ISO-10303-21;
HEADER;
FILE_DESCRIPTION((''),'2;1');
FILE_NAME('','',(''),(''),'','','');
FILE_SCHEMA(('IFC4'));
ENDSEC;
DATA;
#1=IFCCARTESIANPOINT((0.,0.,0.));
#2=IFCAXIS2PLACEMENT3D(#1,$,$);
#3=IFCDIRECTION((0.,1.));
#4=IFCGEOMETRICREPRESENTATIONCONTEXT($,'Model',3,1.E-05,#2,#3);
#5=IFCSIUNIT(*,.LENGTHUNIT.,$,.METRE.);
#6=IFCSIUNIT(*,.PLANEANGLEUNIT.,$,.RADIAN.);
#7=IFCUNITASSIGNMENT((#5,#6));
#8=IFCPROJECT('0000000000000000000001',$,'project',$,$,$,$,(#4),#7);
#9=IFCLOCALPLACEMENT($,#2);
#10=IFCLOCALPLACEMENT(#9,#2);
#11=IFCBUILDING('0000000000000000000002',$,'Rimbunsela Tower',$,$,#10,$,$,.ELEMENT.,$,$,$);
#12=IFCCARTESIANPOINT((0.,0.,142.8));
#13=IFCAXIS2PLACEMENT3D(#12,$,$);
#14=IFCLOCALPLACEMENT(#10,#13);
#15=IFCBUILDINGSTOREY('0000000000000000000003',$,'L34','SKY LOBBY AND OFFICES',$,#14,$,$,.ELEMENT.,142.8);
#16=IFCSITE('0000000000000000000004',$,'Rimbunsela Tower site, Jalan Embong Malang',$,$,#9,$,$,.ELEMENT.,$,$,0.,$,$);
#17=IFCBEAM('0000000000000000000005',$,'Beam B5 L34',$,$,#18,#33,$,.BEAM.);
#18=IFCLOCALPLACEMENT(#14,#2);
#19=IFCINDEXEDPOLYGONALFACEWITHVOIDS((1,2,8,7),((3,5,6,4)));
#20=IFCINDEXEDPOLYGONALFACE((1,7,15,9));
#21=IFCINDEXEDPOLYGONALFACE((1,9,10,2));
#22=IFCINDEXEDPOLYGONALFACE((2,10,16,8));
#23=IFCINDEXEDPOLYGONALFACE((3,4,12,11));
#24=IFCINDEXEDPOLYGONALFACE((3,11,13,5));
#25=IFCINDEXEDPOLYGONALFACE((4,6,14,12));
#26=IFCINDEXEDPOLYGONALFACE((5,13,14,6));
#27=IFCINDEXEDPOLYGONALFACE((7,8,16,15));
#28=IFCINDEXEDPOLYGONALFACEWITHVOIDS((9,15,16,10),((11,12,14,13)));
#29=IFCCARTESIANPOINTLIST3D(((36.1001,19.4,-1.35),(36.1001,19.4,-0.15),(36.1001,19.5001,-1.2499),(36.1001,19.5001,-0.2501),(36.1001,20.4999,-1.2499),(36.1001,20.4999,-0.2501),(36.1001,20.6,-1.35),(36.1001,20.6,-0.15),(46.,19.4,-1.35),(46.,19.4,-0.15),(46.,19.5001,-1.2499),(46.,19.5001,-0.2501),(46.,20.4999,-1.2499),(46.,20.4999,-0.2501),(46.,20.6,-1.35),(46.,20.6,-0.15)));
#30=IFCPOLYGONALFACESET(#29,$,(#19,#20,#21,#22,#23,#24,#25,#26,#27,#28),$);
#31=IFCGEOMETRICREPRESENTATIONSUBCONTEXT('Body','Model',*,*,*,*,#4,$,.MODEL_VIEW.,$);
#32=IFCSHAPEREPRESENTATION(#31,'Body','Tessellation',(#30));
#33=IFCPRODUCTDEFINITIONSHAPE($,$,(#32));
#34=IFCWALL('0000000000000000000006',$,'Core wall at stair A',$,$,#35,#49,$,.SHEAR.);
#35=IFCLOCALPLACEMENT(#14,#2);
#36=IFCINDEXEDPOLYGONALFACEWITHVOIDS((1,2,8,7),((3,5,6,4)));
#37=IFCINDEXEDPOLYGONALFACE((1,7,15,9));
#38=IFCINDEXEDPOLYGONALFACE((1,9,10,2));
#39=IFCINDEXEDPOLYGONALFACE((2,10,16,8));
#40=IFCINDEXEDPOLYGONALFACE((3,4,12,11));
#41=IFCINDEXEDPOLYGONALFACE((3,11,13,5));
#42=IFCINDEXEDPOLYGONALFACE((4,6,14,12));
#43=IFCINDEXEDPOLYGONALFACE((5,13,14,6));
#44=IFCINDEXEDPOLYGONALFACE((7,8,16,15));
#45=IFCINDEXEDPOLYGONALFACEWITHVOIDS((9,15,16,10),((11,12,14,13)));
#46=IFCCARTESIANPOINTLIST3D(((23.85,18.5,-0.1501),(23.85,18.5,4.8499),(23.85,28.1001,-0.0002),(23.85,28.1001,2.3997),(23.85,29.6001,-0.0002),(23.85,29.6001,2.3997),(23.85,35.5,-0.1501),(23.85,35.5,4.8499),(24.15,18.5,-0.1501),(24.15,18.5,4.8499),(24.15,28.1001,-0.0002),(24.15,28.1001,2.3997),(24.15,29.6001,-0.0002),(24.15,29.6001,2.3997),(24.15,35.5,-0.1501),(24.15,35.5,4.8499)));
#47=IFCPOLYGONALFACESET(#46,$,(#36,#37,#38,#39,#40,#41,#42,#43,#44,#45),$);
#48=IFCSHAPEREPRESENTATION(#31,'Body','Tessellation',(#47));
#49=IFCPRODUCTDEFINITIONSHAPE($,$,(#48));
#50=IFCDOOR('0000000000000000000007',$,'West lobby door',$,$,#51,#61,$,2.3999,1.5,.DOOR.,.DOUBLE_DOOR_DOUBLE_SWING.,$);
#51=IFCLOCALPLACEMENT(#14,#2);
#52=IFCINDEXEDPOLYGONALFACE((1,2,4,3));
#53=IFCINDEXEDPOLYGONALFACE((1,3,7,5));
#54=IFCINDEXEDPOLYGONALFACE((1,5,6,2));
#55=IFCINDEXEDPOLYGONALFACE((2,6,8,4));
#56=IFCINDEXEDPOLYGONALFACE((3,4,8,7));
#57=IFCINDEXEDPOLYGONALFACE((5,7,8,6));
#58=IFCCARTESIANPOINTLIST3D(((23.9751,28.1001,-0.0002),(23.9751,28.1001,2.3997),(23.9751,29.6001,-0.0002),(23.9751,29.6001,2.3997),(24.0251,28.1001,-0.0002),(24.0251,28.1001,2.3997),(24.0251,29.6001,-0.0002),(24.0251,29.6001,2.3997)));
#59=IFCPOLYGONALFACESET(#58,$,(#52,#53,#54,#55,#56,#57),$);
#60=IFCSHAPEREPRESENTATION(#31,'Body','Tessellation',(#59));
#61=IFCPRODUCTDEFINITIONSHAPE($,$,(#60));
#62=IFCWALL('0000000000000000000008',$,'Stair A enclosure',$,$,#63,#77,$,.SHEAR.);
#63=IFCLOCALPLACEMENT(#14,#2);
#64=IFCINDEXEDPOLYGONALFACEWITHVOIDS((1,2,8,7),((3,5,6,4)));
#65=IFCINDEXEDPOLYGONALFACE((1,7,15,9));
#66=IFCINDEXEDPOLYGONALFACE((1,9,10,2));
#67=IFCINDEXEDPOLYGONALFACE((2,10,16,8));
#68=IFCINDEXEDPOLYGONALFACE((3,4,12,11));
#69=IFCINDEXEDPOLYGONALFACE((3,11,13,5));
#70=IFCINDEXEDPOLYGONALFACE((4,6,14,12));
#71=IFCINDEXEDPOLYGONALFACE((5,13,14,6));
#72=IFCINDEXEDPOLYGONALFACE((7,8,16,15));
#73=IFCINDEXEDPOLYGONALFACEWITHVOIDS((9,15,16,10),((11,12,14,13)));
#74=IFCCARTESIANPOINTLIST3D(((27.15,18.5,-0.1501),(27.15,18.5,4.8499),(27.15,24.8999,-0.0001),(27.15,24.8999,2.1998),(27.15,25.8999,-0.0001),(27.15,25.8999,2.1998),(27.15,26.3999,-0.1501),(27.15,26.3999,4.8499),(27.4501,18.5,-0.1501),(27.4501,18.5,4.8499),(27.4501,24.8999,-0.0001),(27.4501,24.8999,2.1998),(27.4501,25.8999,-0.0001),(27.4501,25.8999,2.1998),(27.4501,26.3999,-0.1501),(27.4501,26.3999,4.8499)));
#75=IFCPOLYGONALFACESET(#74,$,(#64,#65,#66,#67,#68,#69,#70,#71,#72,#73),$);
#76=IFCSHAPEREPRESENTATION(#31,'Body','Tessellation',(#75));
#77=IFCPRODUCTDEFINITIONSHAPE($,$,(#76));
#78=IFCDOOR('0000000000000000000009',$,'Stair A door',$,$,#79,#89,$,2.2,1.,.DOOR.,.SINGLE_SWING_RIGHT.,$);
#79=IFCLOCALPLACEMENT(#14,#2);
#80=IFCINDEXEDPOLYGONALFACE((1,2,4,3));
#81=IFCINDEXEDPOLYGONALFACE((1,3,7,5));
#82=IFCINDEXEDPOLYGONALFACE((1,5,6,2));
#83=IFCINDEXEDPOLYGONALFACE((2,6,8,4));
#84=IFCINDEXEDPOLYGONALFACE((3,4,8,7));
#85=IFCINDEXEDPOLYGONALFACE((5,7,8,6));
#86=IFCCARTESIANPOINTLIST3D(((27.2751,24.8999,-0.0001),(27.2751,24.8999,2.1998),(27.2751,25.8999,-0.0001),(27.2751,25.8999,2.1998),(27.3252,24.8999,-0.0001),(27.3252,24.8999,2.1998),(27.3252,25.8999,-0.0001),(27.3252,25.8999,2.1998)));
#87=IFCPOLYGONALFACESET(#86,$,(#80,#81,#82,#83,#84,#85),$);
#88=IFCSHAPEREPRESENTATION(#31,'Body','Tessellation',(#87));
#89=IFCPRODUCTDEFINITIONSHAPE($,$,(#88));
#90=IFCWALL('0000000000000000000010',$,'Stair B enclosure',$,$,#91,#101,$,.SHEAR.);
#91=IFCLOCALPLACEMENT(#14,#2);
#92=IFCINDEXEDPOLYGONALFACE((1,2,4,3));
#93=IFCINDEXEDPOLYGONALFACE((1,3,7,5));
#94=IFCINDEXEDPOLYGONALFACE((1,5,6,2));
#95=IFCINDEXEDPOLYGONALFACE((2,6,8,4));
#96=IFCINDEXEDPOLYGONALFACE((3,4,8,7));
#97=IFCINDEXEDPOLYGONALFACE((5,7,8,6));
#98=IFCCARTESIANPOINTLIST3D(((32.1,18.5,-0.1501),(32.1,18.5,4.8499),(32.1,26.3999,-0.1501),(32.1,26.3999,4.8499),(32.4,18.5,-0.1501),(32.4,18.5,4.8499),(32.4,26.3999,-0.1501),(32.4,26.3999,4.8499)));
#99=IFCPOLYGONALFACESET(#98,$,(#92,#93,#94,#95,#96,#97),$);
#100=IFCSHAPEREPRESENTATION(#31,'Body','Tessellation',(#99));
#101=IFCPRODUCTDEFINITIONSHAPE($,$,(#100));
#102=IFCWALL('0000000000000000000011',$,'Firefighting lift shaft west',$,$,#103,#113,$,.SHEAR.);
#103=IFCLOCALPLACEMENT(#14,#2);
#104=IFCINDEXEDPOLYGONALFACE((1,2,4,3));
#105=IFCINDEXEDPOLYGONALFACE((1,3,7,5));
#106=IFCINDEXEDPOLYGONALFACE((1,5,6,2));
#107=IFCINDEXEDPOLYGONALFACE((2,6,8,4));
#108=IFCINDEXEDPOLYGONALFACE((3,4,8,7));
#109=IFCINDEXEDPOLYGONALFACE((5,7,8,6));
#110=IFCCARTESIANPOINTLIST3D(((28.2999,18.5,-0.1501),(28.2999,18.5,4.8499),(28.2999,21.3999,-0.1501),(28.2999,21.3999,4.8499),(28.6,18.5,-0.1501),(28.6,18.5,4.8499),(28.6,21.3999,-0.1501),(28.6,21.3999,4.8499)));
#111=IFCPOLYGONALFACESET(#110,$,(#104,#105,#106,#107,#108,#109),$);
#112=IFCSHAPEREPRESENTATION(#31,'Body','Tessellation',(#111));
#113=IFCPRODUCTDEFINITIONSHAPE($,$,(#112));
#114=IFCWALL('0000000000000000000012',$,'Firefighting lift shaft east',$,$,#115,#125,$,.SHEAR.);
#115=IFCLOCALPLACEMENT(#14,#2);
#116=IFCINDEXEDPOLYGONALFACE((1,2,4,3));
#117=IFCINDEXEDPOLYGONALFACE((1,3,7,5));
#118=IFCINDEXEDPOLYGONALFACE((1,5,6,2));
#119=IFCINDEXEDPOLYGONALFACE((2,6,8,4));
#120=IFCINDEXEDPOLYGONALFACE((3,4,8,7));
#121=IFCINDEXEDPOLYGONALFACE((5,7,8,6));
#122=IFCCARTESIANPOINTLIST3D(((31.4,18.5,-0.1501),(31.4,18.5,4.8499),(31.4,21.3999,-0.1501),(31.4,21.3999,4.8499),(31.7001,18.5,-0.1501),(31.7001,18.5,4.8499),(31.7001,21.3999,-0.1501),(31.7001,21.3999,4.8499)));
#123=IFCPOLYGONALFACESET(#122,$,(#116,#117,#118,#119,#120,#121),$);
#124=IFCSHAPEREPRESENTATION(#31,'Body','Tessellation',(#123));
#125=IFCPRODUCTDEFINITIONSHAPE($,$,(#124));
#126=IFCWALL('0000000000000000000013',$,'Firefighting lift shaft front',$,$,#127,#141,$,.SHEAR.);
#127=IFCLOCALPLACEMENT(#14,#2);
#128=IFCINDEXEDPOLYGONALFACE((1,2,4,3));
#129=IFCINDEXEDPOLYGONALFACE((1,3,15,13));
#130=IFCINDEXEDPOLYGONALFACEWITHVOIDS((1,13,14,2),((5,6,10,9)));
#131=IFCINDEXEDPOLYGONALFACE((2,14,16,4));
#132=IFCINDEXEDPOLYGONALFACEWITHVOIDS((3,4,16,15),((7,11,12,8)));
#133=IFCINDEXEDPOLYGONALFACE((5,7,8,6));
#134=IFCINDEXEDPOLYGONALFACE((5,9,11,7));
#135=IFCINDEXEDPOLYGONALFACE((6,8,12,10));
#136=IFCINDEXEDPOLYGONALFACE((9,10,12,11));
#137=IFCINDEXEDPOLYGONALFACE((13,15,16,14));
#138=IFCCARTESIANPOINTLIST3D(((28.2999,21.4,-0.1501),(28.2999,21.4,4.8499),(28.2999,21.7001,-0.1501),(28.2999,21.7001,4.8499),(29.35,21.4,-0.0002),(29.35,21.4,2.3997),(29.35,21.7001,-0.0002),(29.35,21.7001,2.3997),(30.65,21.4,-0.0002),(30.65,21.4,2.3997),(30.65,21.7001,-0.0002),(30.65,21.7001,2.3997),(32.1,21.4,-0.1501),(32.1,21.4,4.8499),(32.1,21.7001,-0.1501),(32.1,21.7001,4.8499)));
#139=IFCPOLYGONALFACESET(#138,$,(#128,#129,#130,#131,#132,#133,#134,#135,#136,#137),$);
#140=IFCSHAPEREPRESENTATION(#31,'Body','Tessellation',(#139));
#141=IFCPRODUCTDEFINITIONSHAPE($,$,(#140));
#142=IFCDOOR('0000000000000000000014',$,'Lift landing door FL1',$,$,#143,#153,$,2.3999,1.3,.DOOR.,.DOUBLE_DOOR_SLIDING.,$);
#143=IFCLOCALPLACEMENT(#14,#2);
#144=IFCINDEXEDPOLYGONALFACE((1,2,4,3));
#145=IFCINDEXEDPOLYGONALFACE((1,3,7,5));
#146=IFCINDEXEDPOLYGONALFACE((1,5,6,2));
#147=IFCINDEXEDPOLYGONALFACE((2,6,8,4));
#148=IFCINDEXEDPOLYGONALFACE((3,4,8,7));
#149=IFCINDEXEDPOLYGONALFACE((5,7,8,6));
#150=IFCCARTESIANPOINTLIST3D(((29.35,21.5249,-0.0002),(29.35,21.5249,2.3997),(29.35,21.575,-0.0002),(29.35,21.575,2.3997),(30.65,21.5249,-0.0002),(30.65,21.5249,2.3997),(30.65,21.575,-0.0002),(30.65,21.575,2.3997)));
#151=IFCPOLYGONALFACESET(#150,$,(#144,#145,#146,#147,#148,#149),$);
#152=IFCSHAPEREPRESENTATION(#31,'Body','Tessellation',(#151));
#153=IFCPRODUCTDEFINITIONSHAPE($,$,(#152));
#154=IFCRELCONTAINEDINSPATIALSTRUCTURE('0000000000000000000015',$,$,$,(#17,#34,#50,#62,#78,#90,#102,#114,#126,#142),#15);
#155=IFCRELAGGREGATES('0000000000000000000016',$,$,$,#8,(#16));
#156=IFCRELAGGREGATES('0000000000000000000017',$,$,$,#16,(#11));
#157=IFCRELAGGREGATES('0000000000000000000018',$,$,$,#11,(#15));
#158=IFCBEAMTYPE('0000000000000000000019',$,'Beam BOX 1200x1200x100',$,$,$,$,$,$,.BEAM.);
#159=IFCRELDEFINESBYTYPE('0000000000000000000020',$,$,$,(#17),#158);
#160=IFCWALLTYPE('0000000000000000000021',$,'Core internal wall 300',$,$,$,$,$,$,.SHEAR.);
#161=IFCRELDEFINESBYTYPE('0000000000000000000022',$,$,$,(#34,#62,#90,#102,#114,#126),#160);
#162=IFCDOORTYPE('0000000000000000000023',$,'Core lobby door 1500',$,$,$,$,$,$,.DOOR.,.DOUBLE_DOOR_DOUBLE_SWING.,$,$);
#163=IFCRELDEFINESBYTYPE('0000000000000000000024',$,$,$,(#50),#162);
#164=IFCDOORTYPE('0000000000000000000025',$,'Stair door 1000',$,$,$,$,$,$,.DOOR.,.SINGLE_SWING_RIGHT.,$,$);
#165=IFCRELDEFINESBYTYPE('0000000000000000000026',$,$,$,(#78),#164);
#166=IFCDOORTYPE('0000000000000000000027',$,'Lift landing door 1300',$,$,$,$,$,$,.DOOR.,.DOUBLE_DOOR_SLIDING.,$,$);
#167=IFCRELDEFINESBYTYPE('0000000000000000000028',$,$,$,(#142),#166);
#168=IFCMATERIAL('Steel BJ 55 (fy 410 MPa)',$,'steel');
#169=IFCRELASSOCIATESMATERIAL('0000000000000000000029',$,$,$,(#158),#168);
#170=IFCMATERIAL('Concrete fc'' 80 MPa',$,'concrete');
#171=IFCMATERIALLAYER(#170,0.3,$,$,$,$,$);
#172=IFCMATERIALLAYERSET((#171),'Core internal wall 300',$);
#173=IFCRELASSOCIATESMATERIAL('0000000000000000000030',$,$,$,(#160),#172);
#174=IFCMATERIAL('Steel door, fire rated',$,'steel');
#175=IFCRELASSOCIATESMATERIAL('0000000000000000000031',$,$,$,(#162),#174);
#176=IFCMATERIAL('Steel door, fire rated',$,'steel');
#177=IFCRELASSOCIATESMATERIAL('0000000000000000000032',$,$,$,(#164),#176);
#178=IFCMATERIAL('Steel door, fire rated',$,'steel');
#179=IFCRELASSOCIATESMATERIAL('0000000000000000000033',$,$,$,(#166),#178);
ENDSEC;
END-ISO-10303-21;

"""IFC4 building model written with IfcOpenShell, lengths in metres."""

from ifc_helpers import new_model, si_unit, direction, frame, frame_2d, origin, origin_2d, place, context, subcontext, project, spatial, rectangle, hollow_rectangle, extrude, material, layer, layer_set, material_profile, profile_set, type_object, element, fill, save


model = new_model("IFC4")

# Units and contexts
model_context = context("Model", 3, precision=1e-05, world=origin(), true_north=direction((0.0, 1.0)))
body_context = subcontext(model_context, "Body", "Model", "MODEL_VIEW")
ifc_project = project(units=[si_unit("LENGTHUNIT", "METRE"), si_unit("PLANEANGLEUNIT", "RADIAN")], contexts=[model_context])

# Site, building, storey
site_placement = place(None, origin())
site = spatial("IfcSite", under=ifc_project, at=site_placement, Name="Rimbunsela Tower site, Jalan Embong Malang", CompositionType="ELEMENT", RefElevation=0.0)
building_placement = place(site_placement, origin())
building = spatial("IfcBuilding", under=site, at=building_placement, Name="Rimbunsela Tower", CompositionType="ELEMENT")
storey_placement = place(building_placement, frame((0.0, 0.0, 142.8)))
storey = spatial("IfcBuildingStorey", under=building, at=storey_placement, Name="L34", Description="SKY LOBBY AND OFFICES", CompositionType="ELEMENT", Elevation=142.8)

# Beam
ifc_material_1 = material(Name="Steel BJ 55 (fy 410 MPa)", Category="steel")
ifc_material_profile = material_profile(ifc_material_1, hollow_rectangle(XDim=1.2, YDim=1.2, WallThickness=0.1001, at=origin_2d()), Name="BOX 1200x1200x100")
ifc_profile_set = profile_set([ifc_material_profile], Name="Steel BJ 55 (fy 410 MPa)")
beam_type = type_object("IfcBeamType", Name="Beam BOX 1200x1200x100", PredefinedType="BEAM", material=ifc_profile_set)
beam_placement = place(storey_placement, frame((36.1001, 20.0, -0.75), z_axis=(1.0, 0.0, 0.0), x_axis=(0.0, 1.0, 0.0)))
element("IfcBeam", 1, at=beam_placement, inside=storey, type_object=beam_type, Name="Beam B5 L34", PredefinedType="BEAM", context=body_context, shape_type="SweptSolid", body=[
    extrude(hollow_rectangle(XDim=1.2, YDim=1.2, WallThickness=0.1001, at=origin_2d()), origin(), (0.0, 0.0, 1.0), 9.8999),
])

# Walls, openings, doors
ifc_material_2 = material(Name="Concrete fc' 80 MPa", Category="concrete")
ifc_layer_1 = layer(ifc_material_2, 0.3)
ifc_layer_set_1 = layer_set([ifc_layer_1], Name="Core internal wall 300")
wall_type_1 = type_object("IfcWallType", Name="Core internal wall 300", PredefinedType="SHEAR", material=ifc_layer_set_1)
wall_1_placement = place(storey_placement, frame((24.0, 18.5, -0.1501), z_axis=(0.0, 0.0, 1.0), x_axis=(0.0, 1.0, 0.0)))
wall_1 = element("IfcWall", 2, at=wall_1_placement, inside=storey, type_object=wall_type_1, Name="Core wall at stair A", PredefinedType="SHEAR", context=body_context, shape_type="SweptSolid", body=[
    extrude(rectangle(XDim=17.0, YDim=0.3, at=frame_2d((8.5, 0.0))), origin(), (0.0, 0.0, 1.0), 5.0),
])
opening_1_placement = place(wall_1_placement, frame((9.6001, 0.0, 0.1499)))
opening_1 = element("IfcOpeningElement", 3, at=opening_1_placement, cuts=wall_1, PredefinedType="OPENING", context=body_context, shape_type="SweptSolid", body=[
    extrude(rectangle(XDim=1.5, YDim=2.3999, at=frame_2d((0.75, 1.2))), frame((0.0, 0.1599, 0.0), z_axis=(0.0, -1.0, 0.0), x_axis=(1.0, 0.0, 0.0)), (0.0, 0.0, 1.0), 0.3201),
])
ifc_material_3 = material(Name="Steel door, fire rated", Category="steel")
door_type_1 = type_object("IfcDoorType", Name="Core lobby door 1500", OperationType="DOUBLE_DOOR_DOUBLE_SWING", PredefinedType="DOOR", material=ifc_material_3)
door_1_placement = place(opening_1_placement, origin())
door_1 = element("IfcDoor", 4, at=door_1_placement, inside=storey, type_object=door_type_1, Name="West lobby door", OperationType="DOUBLE_DOOR_DOUBLE_SWING", OverallHeight=2.3999, OverallWidth=1.5, PredefinedType="DOOR", context=body_context, shape_type="SweptSolid", body=[
    extrude(rectangle(XDim=1.5, YDim=2.3999, at=frame_2d((0.75, 1.2))), frame((0.0, 0.0249, 0.0), z_axis=(0.0, -1.0, 0.0), x_axis=(1.0, 0.0, 0.0)), (0.0, 0.0, 1.0), 0.05),
])
fill(opening_1, door_1)
wall_2_placement = place(storey_placement, frame((27.3, 18.5, -0.1501), z_axis=(0.0, 0.0, 1.0), x_axis=(0.0, 1.0, 0.0)))
wall_2 = element("IfcWall", 5, at=wall_2_placement, inside=storey, type_object=wall_type_1, Name="Stair A enclosure", PredefinedType="SHEAR", context=body_context, shape_type="SweptSolid", body=[
    extrude(rectangle(XDim=7.8999, YDim=0.3, at=frame_2d((3.95, 0.0))), origin(), (0.0, 0.0, 1.0), 5.0),
])
opening_2_placement = place(wall_2_placement, frame((6.3999, 0.0, 0.1499)))
opening_2 = element("IfcOpeningElement", 6, at=opening_2_placement, cuts=wall_2, PredefinedType="OPENING", context=body_context, shape_type="SweptSolid", body=[
    extrude(rectangle(XDim=1.0, YDim=2.2, at=frame_2d((0.5, 1.1001))), frame((0.0, 0.1599, 0.0), z_axis=(0.0, -1.0, 0.0), x_axis=(1.0, 0.0, 0.0)), (0.0, 0.0, 1.0), 0.3201),
])
ifc_material_4 = material(Name="Steel door, fire rated", Category="steel")
door_type_2 = type_object("IfcDoorType", Name="Stair door 1000", OperationType="SINGLE_SWING_RIGHT", PredefinedType="DOOR", material=ifc_material_4)
door_2_placement = place(opening_2_placement, origin())
door_2 = element("IfcDoor", 7, at=door_2_placement, inside=storey, type_object=door_type_2, Name="Stair A door", OperationType="SINGLE_SWING_RIGHT", OverallHeight=2.2, OverallWidth=1.0, PredefinedType="DOOR", context=body_context, shape_type="SweptSolid", body=[
    extrude(rectangle(XDim=1.0, YDim=2.2, at=frame_2d((0.5, 1.1001))), frame((0.0, 0.0249, 0.0), z_axis=(0.0, -1.0, 0.0), x_axis=(1.0, 0.0, 0.0)), (0.0, 0.0, 1.0), 0.05),
])
fill(opening_2, door_2)

# Walls
wall_3_placement = place(storey_placement, frame((32.25, 18.5, -0.1501), z_axis=(0.0, 0.0, 1.0), x_axis=(0.0, 1.0, 0.0)))
element("IfcWall", 8, at=wall_3_placement, inside=storey, type_object=wall_type_1, Name="Stair B enclosure", PredefinedType="SHEAR", context=body_context, shape_type="SweptSolid", body=[
    extrude(rectangle(XDim=7.8999, YDim=0.3, at=frame_2d((3.95, 0.0))), origin(), (0.0, 0.0, 1.0), 5.0),
])
for number, where, z_axis, x_axis, name in (
    (9, (28.45, 18.5, -0.1501), (0.0, 0.0, 1.0), (0.0, 1.0, 0.0), "Firefighting lift shaft west"),
    (10, (31.55, 18.5, -0.1501), (0.0, 0.0, 1.0), (0.0, 1.0, 0.0), "Firefighting lift shaft east"),
):
    element("IfcWall", number, at=place(storey_placement, frame(where, z_axis=z_axis, x_axis=x_axis)), inside=storey, type_object=wall_type_1, Name=name, PredefinedType="SHEAR", context=body_context, shape_type="SweptSolid", body=[
        extrude(rectangle(XDim=2.8999, YDim=0.3, at=frame_2d((1.45, 0.0))), origin(), (0.0, 0.0, 1.0), 5.0),
    ])

# Wall, opening, door
wall_4_placement = place(storey_placement, frame((28.3, 21.55, -0.1501), z_axis=(0.0, 0.0, 1.0), x_axis=(1.0, 0.0, 0.0)))
wall_4 = element("IfcWall", 11, at=wall_4_placement, inside=storey, type_object=wall_type_1, Name="Firefighting lift shaft front", PredefinedType="SHEAR", context=body_context, shape_type="SweptSolid", body=[
    extrude(rectangle(XDim=3.8, YDim=0.3, at=frame_2d((1.8999, 0.0))), origin(), (0.0, 0.0, 1.0), 5.0),
])
opening_3_placement = place(wall_4_placement, frame((1.05, 0.0, 0.1499)))
opening_3 = element("IfcOpeningElement", 12, at=opening_3_placement, cuts=wall_4, PredefinedType="OPENING", context=body_context, shape_type="SweptSolid", body=[
    extrude(rectangle(XDim=1.3, YDim=2.3999, at=frame_2d((0.6499, 1.2))), frame((0.0, 0.1599, 0.0), z_axis=(0.0, -1.0, 0.0), x_axis=(1.0, 0.0, 0.0)), (0.0, 0.0, 1.0), 0.3201),
])
ifc_material_5 = material(Name="Steel door, fire rated", Category="steel")
door_type_3 = type_object("IfcDoorType", Name="Lift landing door 1300", OperationType="DOUBLE_DOOR_SLIDING", PredefinedType="DOOR", material=ifc_material_5)
door_3_placement = place(opening_3_placement, origin())
door_3 = element("IfcDoor", 13, at=door_3_placement, inside=storey, type_object=door_type_3, Name="Lift landing door FL1", OperationType="DOUBLE_DOOR_SLIDING", OverallHeight=2.3999, OverallWidth=1.3, PredefinedType="DOOR", context=body_context, shape_type="SweptSolid", body=[
    extrude(rectangle(XDim=1.3, YDim=2.3999, at=frame_2d((0.6499, 1.2))), frame((0.0, 0.0249, 0.0), z_axis=(0.0, -1.0, 0.0), x_axis=(1.0, 0.0, 0.0)), (0.0, 0.0, 1.0), 0.05),
])
fill(opening_3, door_3)

save(model, "model.ifc")
